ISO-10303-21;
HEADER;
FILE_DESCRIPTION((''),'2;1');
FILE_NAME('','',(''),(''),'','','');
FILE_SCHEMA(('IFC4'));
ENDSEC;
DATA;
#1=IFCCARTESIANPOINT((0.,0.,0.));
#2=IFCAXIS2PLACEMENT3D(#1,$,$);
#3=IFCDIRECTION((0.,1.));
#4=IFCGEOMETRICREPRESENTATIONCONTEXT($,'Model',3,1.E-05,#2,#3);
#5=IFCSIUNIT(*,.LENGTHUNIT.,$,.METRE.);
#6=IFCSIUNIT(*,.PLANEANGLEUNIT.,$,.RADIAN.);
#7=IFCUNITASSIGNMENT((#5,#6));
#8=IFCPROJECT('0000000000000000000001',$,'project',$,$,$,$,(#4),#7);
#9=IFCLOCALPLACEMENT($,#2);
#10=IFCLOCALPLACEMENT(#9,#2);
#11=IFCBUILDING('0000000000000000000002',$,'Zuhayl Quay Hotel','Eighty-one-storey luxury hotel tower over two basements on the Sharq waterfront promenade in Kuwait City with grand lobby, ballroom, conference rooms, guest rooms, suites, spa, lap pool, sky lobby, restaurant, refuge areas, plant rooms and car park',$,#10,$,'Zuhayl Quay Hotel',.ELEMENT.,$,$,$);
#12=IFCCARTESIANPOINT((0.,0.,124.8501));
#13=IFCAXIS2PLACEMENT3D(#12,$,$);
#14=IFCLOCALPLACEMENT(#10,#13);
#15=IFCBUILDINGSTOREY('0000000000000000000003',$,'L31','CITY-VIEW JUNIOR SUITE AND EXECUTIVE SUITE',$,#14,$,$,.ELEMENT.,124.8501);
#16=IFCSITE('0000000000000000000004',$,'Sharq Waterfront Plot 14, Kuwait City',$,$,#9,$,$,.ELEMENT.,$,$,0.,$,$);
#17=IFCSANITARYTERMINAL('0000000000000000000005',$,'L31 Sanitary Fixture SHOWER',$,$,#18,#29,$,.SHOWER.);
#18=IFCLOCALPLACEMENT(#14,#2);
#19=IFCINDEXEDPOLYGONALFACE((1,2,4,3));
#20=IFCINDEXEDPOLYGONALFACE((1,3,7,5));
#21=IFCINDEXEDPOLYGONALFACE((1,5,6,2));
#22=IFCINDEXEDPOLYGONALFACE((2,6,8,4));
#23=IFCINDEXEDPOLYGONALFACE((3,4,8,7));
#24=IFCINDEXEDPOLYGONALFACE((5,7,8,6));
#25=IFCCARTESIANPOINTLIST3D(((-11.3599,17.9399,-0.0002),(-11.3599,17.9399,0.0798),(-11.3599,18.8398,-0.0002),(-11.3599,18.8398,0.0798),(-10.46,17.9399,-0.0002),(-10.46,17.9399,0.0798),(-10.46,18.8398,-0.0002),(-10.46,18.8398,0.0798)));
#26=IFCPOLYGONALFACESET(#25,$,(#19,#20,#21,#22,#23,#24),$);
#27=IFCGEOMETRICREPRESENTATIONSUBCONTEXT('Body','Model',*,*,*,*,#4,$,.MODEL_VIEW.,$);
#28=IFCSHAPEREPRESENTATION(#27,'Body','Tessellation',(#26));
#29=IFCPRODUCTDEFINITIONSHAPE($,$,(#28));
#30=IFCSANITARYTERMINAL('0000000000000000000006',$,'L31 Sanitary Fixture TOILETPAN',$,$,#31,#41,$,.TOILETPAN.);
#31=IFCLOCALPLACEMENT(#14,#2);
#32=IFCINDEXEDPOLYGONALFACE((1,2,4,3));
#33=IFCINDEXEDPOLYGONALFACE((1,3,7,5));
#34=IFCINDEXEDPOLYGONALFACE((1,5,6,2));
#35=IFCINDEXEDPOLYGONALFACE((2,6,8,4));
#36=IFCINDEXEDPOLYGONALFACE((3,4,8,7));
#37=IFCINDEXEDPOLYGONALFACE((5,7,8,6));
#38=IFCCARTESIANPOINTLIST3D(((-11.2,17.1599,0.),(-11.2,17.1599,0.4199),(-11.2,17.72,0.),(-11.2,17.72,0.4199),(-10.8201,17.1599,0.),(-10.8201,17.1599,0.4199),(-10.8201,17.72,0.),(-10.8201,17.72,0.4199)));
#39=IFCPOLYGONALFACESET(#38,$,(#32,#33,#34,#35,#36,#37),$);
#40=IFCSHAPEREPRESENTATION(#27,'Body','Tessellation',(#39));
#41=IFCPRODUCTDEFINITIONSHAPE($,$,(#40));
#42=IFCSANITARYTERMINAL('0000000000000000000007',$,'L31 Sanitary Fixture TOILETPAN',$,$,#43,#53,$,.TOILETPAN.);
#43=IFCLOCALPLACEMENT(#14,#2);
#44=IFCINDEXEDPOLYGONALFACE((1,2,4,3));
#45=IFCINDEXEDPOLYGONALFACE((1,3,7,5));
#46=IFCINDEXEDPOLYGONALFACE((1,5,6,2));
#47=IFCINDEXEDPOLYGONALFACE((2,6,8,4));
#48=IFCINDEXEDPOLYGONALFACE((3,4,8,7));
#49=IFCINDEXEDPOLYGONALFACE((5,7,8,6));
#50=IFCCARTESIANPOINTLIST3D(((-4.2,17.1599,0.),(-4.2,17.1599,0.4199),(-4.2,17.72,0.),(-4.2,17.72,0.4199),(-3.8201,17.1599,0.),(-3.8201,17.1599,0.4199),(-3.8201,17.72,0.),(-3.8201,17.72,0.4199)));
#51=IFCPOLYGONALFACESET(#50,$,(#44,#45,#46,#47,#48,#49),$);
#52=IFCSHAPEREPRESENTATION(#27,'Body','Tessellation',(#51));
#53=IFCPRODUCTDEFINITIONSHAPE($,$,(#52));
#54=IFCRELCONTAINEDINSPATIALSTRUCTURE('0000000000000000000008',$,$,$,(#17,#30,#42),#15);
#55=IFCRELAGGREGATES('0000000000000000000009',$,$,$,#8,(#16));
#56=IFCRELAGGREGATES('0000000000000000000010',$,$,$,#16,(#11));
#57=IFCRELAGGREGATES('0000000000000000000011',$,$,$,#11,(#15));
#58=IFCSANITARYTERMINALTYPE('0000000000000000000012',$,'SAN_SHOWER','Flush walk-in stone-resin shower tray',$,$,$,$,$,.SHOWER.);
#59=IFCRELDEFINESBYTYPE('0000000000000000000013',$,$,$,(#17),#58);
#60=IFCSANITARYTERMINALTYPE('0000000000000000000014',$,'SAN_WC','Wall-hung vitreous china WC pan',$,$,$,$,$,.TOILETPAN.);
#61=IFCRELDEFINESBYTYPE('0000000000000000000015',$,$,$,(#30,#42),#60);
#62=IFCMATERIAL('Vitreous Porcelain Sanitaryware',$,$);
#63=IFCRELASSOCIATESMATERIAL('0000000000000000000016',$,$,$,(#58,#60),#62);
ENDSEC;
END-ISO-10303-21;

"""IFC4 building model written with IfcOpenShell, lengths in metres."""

from ifc_helpers import new_model, si_unit, direction, frame, origin, origin_2d, place, context, subcontext, project, spatial, rectangle, extrude, material, type_object, element, save


model = new_model("IFC4")

# Units and contexts
model_context = context("Model", 3, precision=1e-05, world=origin(), true_north=direction((0.0, 1.0)))
body_context = subcontext(model_context, "Body", "Model", "MODEL_VIEW")
ifc_project = project(units=[si_unit("LENGTHUNIT", "METRE"), si_unit("PLANEANGLEUNIT", "RADIAN")], contexts=[model_context])

# Site, building, storey
site_placement = place(None, origin())
site = spatial("IfcSite", under=ifc_project, at=site_placement, Name="Sharq Waterfront Plot 14, Kuwait City", CompositionType="ELEMENT", RefElevation=0.0)
building_placement = place(site_placement, origin())
building = spatial("IfcBuilding", under=site, at=building_placement, Name="Zuhayl Quay Hotel", Description="Eighty-one-storey luxury hotel tower over two basements on the Sharq waterfront promenade in Kuwait City with grand lobby, ballroom, conference rooms, guest rooms, suites, spa, lap pool, sky lobby, restaurant, refuge areas, plant rooms and car park", LongName="Zuhayl Quay Hotel", CompositionType="ELEMENT")
storey_placement = place(building_placement, frame((0.0, 0.0, 124.8501)))
storey = spatial("IfcBuildingStorey", under=building, at=storey_placement, Name="L31", Description="CITY-VIEW JUNIOR SUITE AND EXECUTIVE SUITE", CompositionType="ELEMENT", Elevation=124.8501)

# Sanitary terminals
ifc_material_1 = material(Name="Vitreous Porcelain Sanitaryware")
sanitary_terminal_type_1 = type_object("IfcSanitaryTerminalType", Name="SAN_SHOWER", Description="Flush walk-in stone-resin shower tray", PredefinedType="SHOWER", material=ifc_material_1)
sanitary_terminal_1_placement = place(storey_placement, frame((-10.9099, 18.3899, -0.0002), z_axis=(0.0, 0.0, 1.0), x_axis=(1.0, 0.0, 0.0)))
element("IfcSanitaryTerminal", 1, at=sanitary_terminal_1_placement, inside=storey, type_object=sanitary_terminal_type_1, Name="L31 Sanitary Fixture SHOWER", PredefinedType="SHOWER", context=body_context, shape_type="SweptSolid", body=[
    extrude(rectangle(XDim=0.8999, YDim=0.8999, at=origin_2d()), origin(), (0.0, 0.0, 1.0), 0.0801),
])
sanitary_terminal_type_2 = type_object("IfcSanitaryTerminalType", Name="SAN_WC", Description="Wall-hung vitreous china WC pan", PredefinedType="TOILETPAN", material=ifc_material_1)
for number, where, z_axis, x_axis, name in (
    (2, (-11.01, 17.4399, 0.0), (0.0, 0.0, 1.0), (1.0, 0.0, 0.0), "L31 Sanitary Fixture TOILETPAN"),
    (3, (-4.01, 17.4399, 0.0), (0.0, 0.0, 1.0), (1.0, 0.0, 0.0), "L31 Sanitary Fixture TOILETPAN"),
):
    element("IfcSanitaryTerminal", number, at=place(storey_placement, frame(where, z_axis=z_axis, x_axis=x_axis)), inside=storey, type_object=sanitary_terminal_type_2, Name=name, PredefinedType="TOILETPAN", context=body_context, shape_type="SweptSolid", body=[
        extrude(rectangle(XDim=0.3799, YDim=0.5601, at=origin_2d()), origin(), (0.0, 0.0, 1.0), 0.4199),
    ])

save(model, "model.ifc")
